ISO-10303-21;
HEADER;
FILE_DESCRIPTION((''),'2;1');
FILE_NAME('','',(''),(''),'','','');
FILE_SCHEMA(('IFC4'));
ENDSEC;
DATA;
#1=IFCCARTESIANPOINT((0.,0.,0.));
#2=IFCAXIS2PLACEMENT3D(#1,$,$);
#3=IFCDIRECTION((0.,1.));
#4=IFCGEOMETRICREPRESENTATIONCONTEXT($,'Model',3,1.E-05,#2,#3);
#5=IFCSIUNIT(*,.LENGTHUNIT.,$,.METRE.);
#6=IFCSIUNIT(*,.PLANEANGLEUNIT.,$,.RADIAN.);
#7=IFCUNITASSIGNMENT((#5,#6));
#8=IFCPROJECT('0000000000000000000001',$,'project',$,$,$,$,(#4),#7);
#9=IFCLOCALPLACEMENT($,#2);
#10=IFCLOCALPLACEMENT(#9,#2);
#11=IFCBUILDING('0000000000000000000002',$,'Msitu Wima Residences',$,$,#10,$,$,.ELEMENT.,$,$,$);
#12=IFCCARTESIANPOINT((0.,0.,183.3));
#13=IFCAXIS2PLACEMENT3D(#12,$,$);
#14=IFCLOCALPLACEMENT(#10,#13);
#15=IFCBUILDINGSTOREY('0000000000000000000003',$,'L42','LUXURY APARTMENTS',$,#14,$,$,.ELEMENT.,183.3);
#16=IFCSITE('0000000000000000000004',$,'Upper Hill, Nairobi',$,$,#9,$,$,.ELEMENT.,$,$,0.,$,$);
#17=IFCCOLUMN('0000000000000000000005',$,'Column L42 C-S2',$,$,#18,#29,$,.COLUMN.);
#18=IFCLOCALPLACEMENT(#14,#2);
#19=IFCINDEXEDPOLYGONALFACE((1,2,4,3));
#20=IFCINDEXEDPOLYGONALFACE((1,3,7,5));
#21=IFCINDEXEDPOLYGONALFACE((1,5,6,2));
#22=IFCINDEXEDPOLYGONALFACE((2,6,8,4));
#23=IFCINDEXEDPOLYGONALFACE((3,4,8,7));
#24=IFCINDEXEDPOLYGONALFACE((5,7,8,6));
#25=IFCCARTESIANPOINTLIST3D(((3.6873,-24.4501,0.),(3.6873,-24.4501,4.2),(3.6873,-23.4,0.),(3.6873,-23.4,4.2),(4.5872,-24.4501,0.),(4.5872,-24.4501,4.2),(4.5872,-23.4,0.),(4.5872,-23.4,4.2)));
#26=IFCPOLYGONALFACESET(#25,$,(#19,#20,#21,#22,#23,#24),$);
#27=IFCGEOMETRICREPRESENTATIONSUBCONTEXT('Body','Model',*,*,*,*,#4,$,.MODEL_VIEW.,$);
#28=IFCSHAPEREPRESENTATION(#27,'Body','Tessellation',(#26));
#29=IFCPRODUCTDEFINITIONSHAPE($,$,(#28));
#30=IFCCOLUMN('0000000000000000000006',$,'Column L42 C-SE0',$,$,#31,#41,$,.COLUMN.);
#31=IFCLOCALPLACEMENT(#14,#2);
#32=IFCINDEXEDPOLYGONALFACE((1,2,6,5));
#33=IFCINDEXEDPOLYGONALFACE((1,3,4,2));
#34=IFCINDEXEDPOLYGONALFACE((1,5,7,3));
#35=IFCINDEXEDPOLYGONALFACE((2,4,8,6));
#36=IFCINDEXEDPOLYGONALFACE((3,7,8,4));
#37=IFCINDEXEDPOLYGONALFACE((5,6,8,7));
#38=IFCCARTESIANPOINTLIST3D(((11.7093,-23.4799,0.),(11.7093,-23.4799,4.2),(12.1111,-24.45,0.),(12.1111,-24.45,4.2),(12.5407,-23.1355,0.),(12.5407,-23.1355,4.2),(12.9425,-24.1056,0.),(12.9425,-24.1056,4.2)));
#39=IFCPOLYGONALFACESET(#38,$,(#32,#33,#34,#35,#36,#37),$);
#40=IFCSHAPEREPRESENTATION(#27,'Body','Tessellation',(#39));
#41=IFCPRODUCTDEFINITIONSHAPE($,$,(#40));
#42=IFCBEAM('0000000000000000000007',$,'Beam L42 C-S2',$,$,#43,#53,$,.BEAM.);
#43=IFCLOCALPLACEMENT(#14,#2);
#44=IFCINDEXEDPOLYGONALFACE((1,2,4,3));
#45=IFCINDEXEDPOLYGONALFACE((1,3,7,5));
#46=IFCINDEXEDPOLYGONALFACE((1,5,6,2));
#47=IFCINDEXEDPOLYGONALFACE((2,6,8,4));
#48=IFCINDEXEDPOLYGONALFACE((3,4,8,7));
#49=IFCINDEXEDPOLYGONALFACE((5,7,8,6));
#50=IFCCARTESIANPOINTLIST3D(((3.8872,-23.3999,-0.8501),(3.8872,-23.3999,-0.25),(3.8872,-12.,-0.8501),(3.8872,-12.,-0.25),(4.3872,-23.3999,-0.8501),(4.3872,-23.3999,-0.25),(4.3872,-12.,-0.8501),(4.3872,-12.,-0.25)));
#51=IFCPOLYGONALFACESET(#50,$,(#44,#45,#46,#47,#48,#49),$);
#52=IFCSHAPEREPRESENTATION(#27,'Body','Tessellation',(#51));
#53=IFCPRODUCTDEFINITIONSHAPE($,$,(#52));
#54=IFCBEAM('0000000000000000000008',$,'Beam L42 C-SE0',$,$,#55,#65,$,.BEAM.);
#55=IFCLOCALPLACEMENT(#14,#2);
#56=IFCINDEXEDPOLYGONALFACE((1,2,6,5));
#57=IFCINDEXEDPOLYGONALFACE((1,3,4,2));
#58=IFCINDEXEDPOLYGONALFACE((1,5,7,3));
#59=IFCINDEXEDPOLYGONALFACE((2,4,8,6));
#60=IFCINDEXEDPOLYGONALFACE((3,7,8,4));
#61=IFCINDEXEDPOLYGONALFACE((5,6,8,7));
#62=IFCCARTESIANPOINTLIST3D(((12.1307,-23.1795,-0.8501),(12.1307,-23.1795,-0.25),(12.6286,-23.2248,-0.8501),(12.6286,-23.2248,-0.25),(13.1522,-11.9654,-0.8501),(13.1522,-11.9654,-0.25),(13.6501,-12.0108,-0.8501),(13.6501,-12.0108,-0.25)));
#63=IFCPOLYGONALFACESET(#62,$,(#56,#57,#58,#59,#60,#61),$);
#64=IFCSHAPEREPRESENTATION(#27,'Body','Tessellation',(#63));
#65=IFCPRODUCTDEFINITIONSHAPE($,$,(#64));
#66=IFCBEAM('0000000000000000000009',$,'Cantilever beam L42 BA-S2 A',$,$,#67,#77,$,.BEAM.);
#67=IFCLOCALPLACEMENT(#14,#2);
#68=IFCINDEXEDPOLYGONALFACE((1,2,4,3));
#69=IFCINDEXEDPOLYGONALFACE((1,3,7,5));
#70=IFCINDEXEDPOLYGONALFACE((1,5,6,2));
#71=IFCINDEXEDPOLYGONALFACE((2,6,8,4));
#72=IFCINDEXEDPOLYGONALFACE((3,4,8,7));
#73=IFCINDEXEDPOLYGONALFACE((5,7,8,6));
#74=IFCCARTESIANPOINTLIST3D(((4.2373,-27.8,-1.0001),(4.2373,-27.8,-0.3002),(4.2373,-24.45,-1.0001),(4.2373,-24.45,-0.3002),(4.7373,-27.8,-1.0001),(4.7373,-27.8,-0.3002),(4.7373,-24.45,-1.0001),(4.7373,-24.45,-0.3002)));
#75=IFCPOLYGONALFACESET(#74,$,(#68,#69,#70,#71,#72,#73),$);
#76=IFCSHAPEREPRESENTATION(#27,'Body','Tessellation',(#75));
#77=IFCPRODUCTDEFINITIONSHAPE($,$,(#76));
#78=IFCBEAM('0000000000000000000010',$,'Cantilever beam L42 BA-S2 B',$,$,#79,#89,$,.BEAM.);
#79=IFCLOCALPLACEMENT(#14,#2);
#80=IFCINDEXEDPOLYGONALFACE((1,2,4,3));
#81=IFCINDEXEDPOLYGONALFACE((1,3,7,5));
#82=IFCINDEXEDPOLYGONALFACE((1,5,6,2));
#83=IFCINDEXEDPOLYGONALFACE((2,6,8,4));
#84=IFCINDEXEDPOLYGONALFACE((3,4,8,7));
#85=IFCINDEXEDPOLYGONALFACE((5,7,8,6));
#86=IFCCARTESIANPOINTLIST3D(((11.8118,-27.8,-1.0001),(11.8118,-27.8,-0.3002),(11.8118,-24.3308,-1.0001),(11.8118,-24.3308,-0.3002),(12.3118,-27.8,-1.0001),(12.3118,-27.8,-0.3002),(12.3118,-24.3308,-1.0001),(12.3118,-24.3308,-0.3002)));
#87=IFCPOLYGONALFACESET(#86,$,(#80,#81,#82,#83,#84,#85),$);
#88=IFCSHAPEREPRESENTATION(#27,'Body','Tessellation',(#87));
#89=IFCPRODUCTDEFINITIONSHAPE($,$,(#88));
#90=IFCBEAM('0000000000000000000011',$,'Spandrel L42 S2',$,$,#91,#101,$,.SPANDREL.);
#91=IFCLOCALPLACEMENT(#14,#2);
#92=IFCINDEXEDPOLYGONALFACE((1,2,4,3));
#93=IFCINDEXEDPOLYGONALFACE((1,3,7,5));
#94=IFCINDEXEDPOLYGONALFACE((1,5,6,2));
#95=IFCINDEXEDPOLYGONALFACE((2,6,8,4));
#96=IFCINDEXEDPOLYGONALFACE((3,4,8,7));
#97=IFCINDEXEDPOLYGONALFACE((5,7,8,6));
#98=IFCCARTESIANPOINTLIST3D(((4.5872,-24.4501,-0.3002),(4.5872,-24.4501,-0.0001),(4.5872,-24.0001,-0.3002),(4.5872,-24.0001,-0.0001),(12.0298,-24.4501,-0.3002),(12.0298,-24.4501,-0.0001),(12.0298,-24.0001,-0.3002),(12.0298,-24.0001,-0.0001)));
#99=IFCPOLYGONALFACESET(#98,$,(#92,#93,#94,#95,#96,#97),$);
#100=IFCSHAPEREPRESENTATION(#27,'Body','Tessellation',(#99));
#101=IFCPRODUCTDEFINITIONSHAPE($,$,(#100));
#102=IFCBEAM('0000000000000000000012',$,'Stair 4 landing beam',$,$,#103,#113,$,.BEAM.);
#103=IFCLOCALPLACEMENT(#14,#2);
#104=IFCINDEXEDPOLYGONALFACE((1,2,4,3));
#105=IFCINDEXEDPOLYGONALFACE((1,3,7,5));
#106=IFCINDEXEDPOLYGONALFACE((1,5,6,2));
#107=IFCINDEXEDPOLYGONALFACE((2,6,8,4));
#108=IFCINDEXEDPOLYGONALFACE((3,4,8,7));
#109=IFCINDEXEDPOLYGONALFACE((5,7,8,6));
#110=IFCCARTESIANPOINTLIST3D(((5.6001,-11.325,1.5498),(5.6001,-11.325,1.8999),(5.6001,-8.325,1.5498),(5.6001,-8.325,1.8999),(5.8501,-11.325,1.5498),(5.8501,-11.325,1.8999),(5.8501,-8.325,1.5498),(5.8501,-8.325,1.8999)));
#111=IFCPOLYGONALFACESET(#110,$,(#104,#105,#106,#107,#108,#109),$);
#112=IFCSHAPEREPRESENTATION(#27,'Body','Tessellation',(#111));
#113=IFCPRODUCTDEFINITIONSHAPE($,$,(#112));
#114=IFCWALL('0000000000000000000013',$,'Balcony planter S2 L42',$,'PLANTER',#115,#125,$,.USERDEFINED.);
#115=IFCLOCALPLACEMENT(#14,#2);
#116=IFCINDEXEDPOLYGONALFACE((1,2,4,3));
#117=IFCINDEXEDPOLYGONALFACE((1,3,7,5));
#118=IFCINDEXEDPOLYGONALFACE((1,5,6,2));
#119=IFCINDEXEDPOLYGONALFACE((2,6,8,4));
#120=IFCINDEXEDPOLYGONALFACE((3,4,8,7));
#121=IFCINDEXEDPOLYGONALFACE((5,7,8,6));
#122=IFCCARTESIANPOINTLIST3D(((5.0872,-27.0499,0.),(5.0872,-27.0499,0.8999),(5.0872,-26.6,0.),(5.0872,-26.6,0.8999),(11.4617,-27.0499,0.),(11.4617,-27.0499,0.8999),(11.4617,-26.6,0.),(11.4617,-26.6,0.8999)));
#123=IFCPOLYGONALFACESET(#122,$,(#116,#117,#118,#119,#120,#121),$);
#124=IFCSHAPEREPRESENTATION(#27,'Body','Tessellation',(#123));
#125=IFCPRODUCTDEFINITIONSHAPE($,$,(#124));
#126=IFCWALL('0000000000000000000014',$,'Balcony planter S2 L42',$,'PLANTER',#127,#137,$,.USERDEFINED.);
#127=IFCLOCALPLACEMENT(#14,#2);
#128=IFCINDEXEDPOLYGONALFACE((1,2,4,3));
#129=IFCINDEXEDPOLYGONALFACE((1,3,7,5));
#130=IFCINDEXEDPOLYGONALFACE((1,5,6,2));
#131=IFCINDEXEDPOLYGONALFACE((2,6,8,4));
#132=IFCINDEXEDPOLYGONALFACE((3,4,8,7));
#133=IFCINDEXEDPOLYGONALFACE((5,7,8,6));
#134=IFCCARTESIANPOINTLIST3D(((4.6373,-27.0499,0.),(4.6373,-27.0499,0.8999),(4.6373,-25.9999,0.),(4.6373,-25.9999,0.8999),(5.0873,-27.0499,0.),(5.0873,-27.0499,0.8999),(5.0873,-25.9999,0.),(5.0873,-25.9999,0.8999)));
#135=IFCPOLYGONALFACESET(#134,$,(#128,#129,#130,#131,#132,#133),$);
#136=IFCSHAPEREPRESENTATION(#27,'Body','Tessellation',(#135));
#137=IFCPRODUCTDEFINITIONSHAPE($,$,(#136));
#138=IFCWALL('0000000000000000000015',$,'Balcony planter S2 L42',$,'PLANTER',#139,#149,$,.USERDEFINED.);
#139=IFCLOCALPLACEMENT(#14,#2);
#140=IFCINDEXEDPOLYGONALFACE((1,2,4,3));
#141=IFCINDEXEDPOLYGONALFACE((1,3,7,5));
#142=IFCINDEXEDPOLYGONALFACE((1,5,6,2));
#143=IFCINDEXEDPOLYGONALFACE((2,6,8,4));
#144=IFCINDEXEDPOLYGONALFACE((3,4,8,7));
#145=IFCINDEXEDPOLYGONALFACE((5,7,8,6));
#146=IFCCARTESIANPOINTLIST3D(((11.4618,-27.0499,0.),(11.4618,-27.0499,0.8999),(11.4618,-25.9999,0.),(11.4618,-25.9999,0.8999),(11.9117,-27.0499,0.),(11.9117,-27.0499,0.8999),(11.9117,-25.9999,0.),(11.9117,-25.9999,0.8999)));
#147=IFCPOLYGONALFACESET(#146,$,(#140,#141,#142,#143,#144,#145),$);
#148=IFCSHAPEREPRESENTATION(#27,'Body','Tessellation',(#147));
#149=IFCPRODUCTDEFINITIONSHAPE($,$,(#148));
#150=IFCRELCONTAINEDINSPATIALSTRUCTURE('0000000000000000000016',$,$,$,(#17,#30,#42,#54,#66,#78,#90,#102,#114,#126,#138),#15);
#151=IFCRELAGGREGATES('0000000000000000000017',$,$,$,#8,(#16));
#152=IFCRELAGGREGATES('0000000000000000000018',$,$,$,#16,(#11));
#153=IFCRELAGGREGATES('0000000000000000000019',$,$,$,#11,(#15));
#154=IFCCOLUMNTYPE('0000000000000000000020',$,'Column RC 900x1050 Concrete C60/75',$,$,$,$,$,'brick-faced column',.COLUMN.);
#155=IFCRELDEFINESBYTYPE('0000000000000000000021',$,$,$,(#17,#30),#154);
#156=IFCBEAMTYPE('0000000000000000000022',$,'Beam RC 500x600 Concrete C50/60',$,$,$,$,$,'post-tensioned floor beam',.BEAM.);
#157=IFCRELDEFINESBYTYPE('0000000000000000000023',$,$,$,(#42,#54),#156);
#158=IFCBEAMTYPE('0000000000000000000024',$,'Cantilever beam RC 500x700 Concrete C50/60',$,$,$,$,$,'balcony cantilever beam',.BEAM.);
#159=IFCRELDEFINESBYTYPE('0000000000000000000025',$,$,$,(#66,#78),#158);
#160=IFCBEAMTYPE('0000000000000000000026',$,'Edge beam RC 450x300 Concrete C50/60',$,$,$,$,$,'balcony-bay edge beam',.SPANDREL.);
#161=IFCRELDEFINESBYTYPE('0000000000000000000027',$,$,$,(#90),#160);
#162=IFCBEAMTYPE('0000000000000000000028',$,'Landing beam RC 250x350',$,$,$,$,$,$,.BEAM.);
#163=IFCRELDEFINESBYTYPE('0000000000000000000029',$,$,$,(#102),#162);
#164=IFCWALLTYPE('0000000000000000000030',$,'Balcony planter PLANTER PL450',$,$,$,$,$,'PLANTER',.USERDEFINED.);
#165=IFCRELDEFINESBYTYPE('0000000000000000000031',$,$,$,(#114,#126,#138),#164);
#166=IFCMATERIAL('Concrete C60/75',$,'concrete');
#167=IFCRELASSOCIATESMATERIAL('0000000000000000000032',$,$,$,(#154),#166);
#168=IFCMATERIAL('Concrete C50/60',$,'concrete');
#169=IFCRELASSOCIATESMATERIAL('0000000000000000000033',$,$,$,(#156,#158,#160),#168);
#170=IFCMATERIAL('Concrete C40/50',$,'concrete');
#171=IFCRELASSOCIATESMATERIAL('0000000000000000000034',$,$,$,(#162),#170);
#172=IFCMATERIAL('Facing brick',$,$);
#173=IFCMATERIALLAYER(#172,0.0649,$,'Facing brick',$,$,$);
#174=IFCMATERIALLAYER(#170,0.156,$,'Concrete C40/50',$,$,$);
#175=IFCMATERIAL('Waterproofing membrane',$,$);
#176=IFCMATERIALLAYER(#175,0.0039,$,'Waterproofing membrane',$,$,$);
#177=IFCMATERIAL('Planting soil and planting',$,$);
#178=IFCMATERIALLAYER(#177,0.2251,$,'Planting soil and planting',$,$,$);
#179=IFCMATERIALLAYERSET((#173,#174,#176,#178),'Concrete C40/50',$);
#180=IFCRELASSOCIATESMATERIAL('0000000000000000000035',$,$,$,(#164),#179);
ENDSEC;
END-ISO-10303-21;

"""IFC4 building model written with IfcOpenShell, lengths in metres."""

from ifc_helpers import new_model, si_unit, direction, frame, frame_2d, origin, origin_2d, place, context, subcontext, project, spatial, rectangle, extrude, material, layer, layer_set, material_profile, profile_set, type_object, element, save


model = new_model("IFC4")

# Units and contexts
model_context = context("Model", 3, precision=1e-05, world=origin(), true_north=direction((0.0, 1.0)))
body_context = subcontext(model_context, "Body", "Model", "MODEL_VIEW")
ifc_project = project(units=[si_unit("LENGTHUNIT", "METRE"), si_unit("PLANEANGLEUNIT", "RADIAN")], contexts=[model_context])

# Site, building, storey
site_placement = place(None, origin())
site = spatial("IfcSite", under=ifc_project, at=site_placement, Name="Upper Hill, Nairobi", CompositionType="ELEMENT", RefElevation=0.0)
building_placement = place(site_placement, origin())
building = spatial("IfcBuilding", under=site, at=building_placement, Name="Msitu Wima Residences", CompositionType="ELEMENT")
storey_placement = place(building_placement, frame((0.0, 0.0, 183.3)))
storey = spatial("IfcBuildingStorey", under=building, at=storey_placement, Name="L42", Description="LUXURY APARTMENTS", CompositionType="ELEMENT", Elevation=183.3)

# Columns
ifc_material_1 = material(Name="Concrete C60/75", Category="concrete")
ifc_material_profile_1 = material_profile(ifc_material_1, rectangle(XDim=0.8999, YDim=1.05, at=origin_2d()), Name="RC 900x1050")
ifc_profile_set_1 = profile_set([ifc_material_profile_1], Name="Concrete C60/75")
column_type = type_object("IfcColumnType", Name="Column RC 900x1050 Concrete C60/75", ElementType="brick-faced column", PredefinedType="COLUMN", material=ifc_profile_set_1)
for number, where, z_axis, x_axis, name in (
    (1, (4.1372, -23.925, 0.0), (0.0, 0.0, 1.0), (1.0, 0.0, 0.0), "Column L42 C-S2"),
    (2, (12.3259, -23.7927, 0.0), (0.0, 0.0, 1.0), (0.92388, 0.382683, 0.0), "Column L42 C-SE0"),
):
    element("IfcColumn", number, at=place(storey_placement, frame(where, z_axis=z_axis, x_axis=x_axis)), inside=storey, type_object=column_type, Name=name, PredefinedType="COLUMN", context=body_context, shape_type="SweptSolid", body=[
        extrude(rectangle(XDim=0.8999, YDim=1.05, at=origin_2d()), origin(), (0.0, 0.0, 1.0), 4.2),
    ])

# Beams
ifc_material_2 = material(Name="Concrete C50/60", Category="concrete")
ifc_material_profile_2 = material_profile(ifc_material_2, rectangle(XDim=0.5, YDim=0.6001, at=origin_2d()), Name="RC 500x600")
ifc_profile_set_2 = profile_set([ifc_material_profile_2], Name="Concrete C50/60")
beam_type_1 = type_object("IfcBeamType", Name="Beam RC 500x600 Concrete C50/60", ElementType="post-tensioned floor beam", PredefinedType="BEAM", material=ifc_profile_set_2)
beam_1_placement = place(storey_placement, frame((4.1372, -23.3999, -0.55), z_axis=(0.0, 1.0, 0.0), x_axis=(-1.0, 0.0, 0.0)))
element("IfcBeam", 3, at=beam_1_placement, inside=storey, type_object=beam_type_1, Name="Beam L42 C-S2", PredefinedType="BEAM", context=body_context, shape_type="SweptSolid", body=[
    extrude(rectangle(XDim=0.5, YDim=0.6001, at=origin_2d()), origin(), (0.0, 0.0, 1.0), 11.3999),
])
beam_2_placement = place(storey_placement, frame((12.3796, -23.2021, -0.55), z_axis=(0.090714, 0.995877, 0.0), x_axis=(-0.995877, 0.090714, 0.0)))
element("IfcBeam", 4, at=beam_2_placement, inside=storey, type_object=beam_type_1, Name="Beam L42 C-SE0", PredefinedType="BEAM", context=body_context, shape_type="SweptSolid", body=[
    extrude(rectangle(XDim=0.5, YDim=0.6001, at=origin_2d()), origin(), (0.0, 0.0, 1.0), 11.2605),
])
ifc_material_profile_3 = material_profile(ifc_material_2, rectangle(XDim=0.5, YDim=0.7, at=origin_2d()), Name="RC 500x700")
ifc_profile_set_3 = profile_set([ifc_material_profile_3], Name="Concrete C50/60")
beam_type_2 = type_object("IfcBeamType", Name="Cantilever beam RC 500x700 Concrete C50/60", ElementType="balcony cantilever beam", PredefinedType="BEAM", material=ifc_profile_set_3)
beam_3_placement = place(storey_placement, frame((4.4873, -24.45, -0.6501), z_axis=(0.0, -1.0, 0.0), x_axis=(1.0, 0.0, 0.0)))
element("IfcBeam", 5, at=beam_3_placement, inside=storey, type_object=beam_type_2, Name="Cantilever beam L42 BA-S2 A", PredefinedType="BEAM", context=body_context, shape_type="SweptSolid", body=[
    extrude(rectangle(XDim=0.5, YDim=0.7, at=origin_2d()), origin(), (0.0, 0.0, 1.0), 3.3501),
])
beam_4_placement = place(storey_placement, frame((12.0618, -24.3308, -0.6501), z_axis=(0.0, -1.0, 0.0), x_axis=(1.0, 0.0, 0.0)))
element("IfcBeam", 6, at=beam_4_placement, inside=storey, type_object=beam_type_2, Name="Cantilever beam L42 BA-S2 B", PredefinedType="BEAM", context=body_context, shape_type="SweptSolid", body=[
    extrude(rectangle(XDim=0.5, YDim=0.7, at=origin_2d()), origin(), (0.0, 0.0, 1.0), 3.4692),
])
ifc_material_profile_4 = material_profile(ifc_material_2, rectangle(XDim=0.45, YDim=0.3, at=origin_2d()), Name="RC 450x300")
ifc_profile_set_4 = profile_set([ifc_material_profile_4], Name="Concrete C50/60")
beam_type_3 = type_object("IfcBeamType", Name="Edge beam RC 450x300 Concrete C50/60", ElementType="balcony-bay edge beam", PredefinedType="SPANDREL", material=ifc_profile_set_4)
beam_5_placement = place(storey_placement, frame((4.5872, -24.2251, -0.1501), z_axis=(1.0, 0.0, 0.0), x_axis=(0.0, 1.0, 0.0)))
element("IfcBeam", 7, at=beam_5_placement, inside=storey, type_object=beam_type_3, Name="Spandrel L42 S2", PredefinedType="SPANDREL", context=body_context, shape_type="SweptSolid", body=[
    extrude(rectangle(XDim=0.45, YDim=0.3, at=origin_2d()), origin(), (0.0, 0.0, 1.0), 7.4426),
])
ifc_material_3 = material(Name="Concrete C40/50", Category="concrete")
ifc_material_profile_5 = material_profile(ifc_material_3, rectangle(XDim=0.25, YDim=0.3501, at=origin_2d()), Name="RC 250x350")
ifc_profile_set_5 = profile_set([ifc_material_profile_5], Name="Concrete C40/50")
beam_type_4 = type_object("IfcBeamType", Name="Landing beam RC 250x350", PredefinedType="BEAM", material=ifc_profile_set_5)
beam_6_placement = place(storey_placement, frame((5.7251, -11.325, 1.7249), z_axis=(0.0, 1.0, 0.0), x_axis=(-1.0, 0.0, 0.0)))
element("IfcBeam", 8, at=beam_6_placement, inside=storey, type_object=beam_type_4, Name="Stair 4 landing beam", PredefinedType="BEAM", context=body_context, shape_type="SweptSolid", body=[
    extrude(rectangle(XDim=0.25, YDim=0.3501, at=origin_2d()), origin(), (0.0, 0.0, 1.0), 3.0),
])

# Walls
ifc_material_4 = material(Name="Facing brick")
ifc_layer_1 = layer(ifc_material_4, 0.0649, Name="Facing brick")
ifc_layer_2 = layer(ifc_material_3, 0.156, Name="Concrete C40/50")
ifc_material_5 = material(Name="Waterproofing membrane")
ifc_layer_3 = layer(ifc_material_5, 0.0039, Name="Waterproofing membrane")
ifc_material_6 = material(Name="Planting soil and planting")
ifc_layer_4 = layer(ifc_material_6, 0.2251, Name="Planting soil and planting")
ifc_layer_set_1 = layer_set([ifc_layer_1, ifc_layer_2, ifc_layer_3, ifc_layer_4], Name="Concrete C40/50")
wall_type_1 = type_object("IfcWallType", Name="Balcony planter PLANTER PL450", ElementType="PLANTER", PredefinedType="USERDEFINED", material=ifc_layer_set_1)
wall_1_placement = place(storey_placement, frame((5.0872, -26.825, 0.0), z_axis=(0.0, 0.0, 1.0), x_axis=(1.0, 0.0, 0.0)))
element("IfcWall", 9, at=wall_1_placement, inside=storey, type_object=wall_type_1, Name="Balcony planter S2 L42", ObjectType="PLANTER", PredefinedType="USERDEFINED", context=body_context, shape_type="SweptSolid", body=[
    extrude(rectangle(XDim=6.3745, YDim=0.45, at=frame_2d((3.1873, 0.0))), origin(), (0.0, 0.0, 1.0), 0.8999),
])
for number, where, z_axis, x_axis, name in (
    (10, (4.8623, -26.0, 0.0), (0.0, 0.0, 1.0), (0.0, -1.0, 0.0), "Balcony planter S2 L42"),
    (11, (11.6868, -26.0, 0.0), (0.0, 0.0, 1.0), (0.0, -1.0, 0.0), "Balcony planter S2 L42"),
):
    element("IfcWall", number, at=place(storey_placement, frame(where, z_axis=z_axis, x_axis=x_axis)), inside=storey, type_object=wall_type_1, Name=name, ObjectType="PLANTER", PredefinedType="USERDEFINED", context=body_context, shape_type="SweptSolid", body=[
        extrude(rectangle(XDim=1.05, YDim=0.45, at=frame_2d((0.5249, 0.0))), origin(), (0.0, 0.0, 1.0), 0.8999),
    ])

save(model, "model.ifc")
